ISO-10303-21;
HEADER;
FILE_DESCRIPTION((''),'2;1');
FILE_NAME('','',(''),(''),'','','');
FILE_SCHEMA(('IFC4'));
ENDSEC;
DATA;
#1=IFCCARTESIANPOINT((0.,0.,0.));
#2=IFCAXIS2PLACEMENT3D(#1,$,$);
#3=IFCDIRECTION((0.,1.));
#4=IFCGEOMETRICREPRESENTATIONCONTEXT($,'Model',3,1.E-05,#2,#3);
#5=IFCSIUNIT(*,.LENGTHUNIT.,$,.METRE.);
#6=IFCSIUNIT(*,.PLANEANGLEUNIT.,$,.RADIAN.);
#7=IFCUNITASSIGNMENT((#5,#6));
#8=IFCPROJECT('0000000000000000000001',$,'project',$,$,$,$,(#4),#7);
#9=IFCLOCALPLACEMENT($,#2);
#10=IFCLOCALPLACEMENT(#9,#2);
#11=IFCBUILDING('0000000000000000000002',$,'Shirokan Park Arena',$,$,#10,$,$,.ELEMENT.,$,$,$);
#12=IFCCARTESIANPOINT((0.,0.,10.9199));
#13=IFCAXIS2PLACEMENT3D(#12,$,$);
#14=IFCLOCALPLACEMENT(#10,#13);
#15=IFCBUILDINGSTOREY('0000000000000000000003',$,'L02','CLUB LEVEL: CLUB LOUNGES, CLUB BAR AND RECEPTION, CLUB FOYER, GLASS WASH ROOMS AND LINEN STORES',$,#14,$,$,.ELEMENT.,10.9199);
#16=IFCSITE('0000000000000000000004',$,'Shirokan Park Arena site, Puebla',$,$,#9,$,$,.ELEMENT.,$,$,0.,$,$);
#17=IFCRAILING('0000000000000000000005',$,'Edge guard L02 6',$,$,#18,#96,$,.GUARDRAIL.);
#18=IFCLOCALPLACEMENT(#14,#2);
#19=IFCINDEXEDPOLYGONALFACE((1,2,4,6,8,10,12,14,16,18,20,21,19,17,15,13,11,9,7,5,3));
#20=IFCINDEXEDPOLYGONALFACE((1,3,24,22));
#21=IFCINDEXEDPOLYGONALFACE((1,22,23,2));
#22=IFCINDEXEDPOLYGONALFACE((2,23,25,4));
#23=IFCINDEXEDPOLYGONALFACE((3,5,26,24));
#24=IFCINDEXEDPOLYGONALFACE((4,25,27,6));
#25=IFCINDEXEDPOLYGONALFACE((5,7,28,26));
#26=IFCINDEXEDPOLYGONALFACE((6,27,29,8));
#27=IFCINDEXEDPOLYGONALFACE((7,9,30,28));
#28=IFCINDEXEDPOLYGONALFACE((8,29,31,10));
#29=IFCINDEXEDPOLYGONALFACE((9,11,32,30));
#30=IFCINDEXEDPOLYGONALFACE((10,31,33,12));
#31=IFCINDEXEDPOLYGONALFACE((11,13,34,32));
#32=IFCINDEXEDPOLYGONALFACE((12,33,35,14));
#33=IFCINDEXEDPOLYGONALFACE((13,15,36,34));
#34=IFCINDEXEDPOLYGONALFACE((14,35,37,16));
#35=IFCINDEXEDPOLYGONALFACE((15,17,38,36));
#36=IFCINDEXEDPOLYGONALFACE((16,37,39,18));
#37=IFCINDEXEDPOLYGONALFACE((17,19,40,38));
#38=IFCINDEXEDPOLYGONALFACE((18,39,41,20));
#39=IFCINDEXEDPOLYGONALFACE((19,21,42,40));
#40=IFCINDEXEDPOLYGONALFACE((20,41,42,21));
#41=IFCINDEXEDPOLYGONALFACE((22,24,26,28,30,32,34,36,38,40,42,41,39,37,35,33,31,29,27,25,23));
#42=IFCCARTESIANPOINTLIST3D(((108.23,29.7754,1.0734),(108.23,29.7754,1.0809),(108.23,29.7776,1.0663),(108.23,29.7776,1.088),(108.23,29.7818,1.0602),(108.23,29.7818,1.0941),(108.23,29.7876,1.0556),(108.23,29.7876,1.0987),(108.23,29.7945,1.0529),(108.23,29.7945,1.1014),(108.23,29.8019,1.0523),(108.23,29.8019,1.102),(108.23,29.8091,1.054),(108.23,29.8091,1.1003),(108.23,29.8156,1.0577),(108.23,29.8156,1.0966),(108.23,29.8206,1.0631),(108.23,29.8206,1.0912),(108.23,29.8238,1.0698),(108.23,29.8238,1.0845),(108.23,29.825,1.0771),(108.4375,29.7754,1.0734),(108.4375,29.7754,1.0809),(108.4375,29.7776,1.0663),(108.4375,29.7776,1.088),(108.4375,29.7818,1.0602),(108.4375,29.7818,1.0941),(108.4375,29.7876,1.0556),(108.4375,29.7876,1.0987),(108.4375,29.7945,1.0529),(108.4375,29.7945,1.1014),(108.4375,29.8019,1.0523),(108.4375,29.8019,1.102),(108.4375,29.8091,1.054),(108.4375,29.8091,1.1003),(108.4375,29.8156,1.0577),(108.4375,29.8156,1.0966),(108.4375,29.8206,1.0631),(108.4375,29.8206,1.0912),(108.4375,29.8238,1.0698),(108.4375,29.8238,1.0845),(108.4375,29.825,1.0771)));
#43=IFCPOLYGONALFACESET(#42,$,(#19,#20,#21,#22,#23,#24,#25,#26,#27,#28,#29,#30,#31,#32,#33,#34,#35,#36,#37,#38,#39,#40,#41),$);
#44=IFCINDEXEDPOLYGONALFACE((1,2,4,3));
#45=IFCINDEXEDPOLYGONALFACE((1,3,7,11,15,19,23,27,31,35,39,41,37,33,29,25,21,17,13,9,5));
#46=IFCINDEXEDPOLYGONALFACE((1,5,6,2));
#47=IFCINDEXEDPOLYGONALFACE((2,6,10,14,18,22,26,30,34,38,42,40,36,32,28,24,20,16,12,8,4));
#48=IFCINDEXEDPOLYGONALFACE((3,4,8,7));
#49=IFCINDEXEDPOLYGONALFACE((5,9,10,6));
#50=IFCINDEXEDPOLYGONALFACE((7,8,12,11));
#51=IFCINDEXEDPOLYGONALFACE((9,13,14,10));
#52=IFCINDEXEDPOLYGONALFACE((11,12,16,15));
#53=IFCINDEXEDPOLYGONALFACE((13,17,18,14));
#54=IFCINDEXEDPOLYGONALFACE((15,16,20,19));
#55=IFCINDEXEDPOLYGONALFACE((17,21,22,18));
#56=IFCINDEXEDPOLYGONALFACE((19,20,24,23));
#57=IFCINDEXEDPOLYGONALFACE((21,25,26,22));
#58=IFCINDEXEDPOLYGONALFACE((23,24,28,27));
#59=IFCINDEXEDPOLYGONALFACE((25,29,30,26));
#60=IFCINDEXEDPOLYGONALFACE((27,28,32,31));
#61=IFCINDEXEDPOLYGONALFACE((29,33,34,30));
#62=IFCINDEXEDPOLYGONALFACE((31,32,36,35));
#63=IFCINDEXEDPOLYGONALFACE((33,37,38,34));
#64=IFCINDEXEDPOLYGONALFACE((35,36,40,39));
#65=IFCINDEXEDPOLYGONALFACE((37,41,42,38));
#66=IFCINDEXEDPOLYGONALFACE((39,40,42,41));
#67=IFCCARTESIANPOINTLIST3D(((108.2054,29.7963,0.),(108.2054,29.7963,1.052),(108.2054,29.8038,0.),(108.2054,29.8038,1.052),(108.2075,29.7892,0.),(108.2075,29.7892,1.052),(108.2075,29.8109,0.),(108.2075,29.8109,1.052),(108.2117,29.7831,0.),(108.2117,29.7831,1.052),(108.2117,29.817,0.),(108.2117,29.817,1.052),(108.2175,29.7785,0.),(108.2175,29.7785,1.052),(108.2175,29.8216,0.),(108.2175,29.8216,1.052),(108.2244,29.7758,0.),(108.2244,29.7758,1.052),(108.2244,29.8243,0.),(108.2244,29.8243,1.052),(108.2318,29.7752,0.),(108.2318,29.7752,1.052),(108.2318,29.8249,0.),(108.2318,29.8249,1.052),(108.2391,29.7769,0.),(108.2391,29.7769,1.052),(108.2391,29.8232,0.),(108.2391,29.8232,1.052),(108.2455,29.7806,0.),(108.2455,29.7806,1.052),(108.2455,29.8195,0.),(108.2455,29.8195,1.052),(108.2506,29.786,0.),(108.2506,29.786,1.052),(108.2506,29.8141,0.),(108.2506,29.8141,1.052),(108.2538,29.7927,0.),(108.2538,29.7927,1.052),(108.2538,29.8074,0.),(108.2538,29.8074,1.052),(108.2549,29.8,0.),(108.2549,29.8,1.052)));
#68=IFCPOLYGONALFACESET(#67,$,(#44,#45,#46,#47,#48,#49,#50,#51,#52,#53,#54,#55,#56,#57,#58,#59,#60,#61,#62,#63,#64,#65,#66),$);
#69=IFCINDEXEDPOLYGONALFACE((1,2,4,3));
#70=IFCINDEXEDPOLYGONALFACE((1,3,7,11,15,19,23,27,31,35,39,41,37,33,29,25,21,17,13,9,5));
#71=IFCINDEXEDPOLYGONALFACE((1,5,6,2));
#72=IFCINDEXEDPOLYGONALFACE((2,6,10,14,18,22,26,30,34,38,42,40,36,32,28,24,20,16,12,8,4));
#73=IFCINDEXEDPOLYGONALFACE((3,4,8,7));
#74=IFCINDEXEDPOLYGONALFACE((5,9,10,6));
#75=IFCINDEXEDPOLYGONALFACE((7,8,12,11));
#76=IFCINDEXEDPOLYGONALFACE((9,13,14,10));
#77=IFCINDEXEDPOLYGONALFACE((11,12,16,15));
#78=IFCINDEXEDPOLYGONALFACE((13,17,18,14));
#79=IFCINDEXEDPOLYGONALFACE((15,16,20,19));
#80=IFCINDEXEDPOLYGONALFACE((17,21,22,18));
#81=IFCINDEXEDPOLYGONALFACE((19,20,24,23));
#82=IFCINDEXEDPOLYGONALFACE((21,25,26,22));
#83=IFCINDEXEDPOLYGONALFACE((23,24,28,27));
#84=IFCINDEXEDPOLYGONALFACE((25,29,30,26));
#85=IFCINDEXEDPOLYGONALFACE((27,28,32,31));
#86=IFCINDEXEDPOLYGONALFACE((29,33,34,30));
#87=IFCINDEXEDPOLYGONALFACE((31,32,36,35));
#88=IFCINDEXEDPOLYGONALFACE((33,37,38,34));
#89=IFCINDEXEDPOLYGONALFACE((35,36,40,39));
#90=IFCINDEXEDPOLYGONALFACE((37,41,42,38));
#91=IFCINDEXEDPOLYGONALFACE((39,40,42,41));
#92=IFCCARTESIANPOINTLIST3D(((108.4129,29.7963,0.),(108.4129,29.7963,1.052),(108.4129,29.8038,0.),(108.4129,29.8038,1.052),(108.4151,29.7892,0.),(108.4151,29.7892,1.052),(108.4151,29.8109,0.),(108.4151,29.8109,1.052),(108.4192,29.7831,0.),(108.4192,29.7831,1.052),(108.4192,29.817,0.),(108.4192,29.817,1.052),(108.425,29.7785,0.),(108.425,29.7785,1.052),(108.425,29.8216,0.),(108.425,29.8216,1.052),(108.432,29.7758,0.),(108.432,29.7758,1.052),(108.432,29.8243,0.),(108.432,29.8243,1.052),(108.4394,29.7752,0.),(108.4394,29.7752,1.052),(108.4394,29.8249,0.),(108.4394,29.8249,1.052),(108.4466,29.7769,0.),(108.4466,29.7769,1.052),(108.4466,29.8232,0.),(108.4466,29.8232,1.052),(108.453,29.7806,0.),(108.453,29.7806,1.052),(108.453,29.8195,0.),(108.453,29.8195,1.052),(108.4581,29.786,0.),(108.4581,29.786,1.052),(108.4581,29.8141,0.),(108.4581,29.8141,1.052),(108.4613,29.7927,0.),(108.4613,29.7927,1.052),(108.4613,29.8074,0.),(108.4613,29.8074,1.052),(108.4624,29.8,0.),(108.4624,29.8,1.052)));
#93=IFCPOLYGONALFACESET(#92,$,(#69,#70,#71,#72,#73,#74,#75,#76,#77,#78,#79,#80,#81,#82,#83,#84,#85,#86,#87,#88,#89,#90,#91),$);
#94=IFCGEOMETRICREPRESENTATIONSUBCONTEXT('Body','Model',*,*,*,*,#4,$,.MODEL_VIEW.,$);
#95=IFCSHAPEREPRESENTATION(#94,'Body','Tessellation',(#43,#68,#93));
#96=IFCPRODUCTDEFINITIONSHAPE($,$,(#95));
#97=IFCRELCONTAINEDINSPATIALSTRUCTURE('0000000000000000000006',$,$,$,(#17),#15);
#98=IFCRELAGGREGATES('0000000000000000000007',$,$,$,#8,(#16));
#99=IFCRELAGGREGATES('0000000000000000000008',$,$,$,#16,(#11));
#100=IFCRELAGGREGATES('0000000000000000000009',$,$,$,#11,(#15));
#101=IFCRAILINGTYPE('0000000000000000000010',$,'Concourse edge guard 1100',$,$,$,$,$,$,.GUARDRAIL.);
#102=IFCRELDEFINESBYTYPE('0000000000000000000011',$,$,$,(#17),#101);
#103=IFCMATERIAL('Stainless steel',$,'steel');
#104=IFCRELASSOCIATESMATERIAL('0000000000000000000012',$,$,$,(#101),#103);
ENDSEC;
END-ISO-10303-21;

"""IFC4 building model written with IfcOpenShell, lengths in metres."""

from ifc_helpers import new_model, si_unit, direction, frame, origin, origin_2d, place, context, subcontext, project, spatial, circle, extrude, material, type_object, element, save


model = new_model("IFC4")

# Units and contexts
model_context = context("Model", 3, precision=1e-05, world=origin(), true_north=direction((0.0, 1.0)))
body_context = subcontext(model_context, "Body", "Model", "MODEL_VIEW")
ifc_project = project(units=[si_unit("LENGTHUNIT", "METRE"), si_unit("PLANEANGLEUNIT", "RADIAN")], contexts=[model_context])

# Site, building, storey
site_placement = place(None, origin())
site = spatial("IfcSite", under=ifc_project, at=site_placement, Name="Shirokan Park Arena site, Puebla", CompositionType="ELEMENT", RefElevation=0.0)
building_placement = place(site_placement, origin())
building = spatial("IfcBuilding", under=site, at=building_placement, Name="Shirokan Park Arena", CompositionType="ELEMENT")
storey_placement = place(building_placement, frame((0.0, 0.0, 10.9199)))
storey = spatial("IfcBuildingStorey", under=building, at=storey_placement, Name="L02", Description="CLUB LEVEL: CLUB LOUNGES, CLUB BAR AND RECEPTION, CLUB FOYER, GLASS WASH ROOMS AND LINEN STORES", CompositionType="ELEMENT", Elevation=10.9199)

# Railing
ifc_material_1 = material(Name="Stainless steel", Category="steel")
railing_type = type_object("IfcRailingType", Name="Concourse edge guard 1100", PredefinedType="GUARDRAIL", material=ifc_material_1)
railing_1_placement = place(storey_placement, frame((108.23, 29.8, 0.0)))
element("IfcRailing", 1, at=railing_1_placement, inside=storey, type_object=railing_type, Name="Edge guard L02 6", PredefinedType="GUARDRAIL", context=body_context, shape_type="SweptSolid", body=[
    extrude(circle(Radius=0.0249, at=origin_2d()), frame((0.0, 0.0, 1.0771), z_axis=(1.0, 0.0, 0.0), x_axis=(0.0, 1.0, 0.0)), (0.0, 0.0, 1.0), 0.2075),
    extrude(circle(Radius=0.0249, at=origin_2d()), origin(), (0.0, 0.0, 1.0), 1.052),
    extrude(circle(Radius=0.0249, at=origin_2d()), frame((0.2075, 0.0, 0.0)), (0.0, 0.0, 1.0), 1.052),
])

save(model, "model.ifc")
